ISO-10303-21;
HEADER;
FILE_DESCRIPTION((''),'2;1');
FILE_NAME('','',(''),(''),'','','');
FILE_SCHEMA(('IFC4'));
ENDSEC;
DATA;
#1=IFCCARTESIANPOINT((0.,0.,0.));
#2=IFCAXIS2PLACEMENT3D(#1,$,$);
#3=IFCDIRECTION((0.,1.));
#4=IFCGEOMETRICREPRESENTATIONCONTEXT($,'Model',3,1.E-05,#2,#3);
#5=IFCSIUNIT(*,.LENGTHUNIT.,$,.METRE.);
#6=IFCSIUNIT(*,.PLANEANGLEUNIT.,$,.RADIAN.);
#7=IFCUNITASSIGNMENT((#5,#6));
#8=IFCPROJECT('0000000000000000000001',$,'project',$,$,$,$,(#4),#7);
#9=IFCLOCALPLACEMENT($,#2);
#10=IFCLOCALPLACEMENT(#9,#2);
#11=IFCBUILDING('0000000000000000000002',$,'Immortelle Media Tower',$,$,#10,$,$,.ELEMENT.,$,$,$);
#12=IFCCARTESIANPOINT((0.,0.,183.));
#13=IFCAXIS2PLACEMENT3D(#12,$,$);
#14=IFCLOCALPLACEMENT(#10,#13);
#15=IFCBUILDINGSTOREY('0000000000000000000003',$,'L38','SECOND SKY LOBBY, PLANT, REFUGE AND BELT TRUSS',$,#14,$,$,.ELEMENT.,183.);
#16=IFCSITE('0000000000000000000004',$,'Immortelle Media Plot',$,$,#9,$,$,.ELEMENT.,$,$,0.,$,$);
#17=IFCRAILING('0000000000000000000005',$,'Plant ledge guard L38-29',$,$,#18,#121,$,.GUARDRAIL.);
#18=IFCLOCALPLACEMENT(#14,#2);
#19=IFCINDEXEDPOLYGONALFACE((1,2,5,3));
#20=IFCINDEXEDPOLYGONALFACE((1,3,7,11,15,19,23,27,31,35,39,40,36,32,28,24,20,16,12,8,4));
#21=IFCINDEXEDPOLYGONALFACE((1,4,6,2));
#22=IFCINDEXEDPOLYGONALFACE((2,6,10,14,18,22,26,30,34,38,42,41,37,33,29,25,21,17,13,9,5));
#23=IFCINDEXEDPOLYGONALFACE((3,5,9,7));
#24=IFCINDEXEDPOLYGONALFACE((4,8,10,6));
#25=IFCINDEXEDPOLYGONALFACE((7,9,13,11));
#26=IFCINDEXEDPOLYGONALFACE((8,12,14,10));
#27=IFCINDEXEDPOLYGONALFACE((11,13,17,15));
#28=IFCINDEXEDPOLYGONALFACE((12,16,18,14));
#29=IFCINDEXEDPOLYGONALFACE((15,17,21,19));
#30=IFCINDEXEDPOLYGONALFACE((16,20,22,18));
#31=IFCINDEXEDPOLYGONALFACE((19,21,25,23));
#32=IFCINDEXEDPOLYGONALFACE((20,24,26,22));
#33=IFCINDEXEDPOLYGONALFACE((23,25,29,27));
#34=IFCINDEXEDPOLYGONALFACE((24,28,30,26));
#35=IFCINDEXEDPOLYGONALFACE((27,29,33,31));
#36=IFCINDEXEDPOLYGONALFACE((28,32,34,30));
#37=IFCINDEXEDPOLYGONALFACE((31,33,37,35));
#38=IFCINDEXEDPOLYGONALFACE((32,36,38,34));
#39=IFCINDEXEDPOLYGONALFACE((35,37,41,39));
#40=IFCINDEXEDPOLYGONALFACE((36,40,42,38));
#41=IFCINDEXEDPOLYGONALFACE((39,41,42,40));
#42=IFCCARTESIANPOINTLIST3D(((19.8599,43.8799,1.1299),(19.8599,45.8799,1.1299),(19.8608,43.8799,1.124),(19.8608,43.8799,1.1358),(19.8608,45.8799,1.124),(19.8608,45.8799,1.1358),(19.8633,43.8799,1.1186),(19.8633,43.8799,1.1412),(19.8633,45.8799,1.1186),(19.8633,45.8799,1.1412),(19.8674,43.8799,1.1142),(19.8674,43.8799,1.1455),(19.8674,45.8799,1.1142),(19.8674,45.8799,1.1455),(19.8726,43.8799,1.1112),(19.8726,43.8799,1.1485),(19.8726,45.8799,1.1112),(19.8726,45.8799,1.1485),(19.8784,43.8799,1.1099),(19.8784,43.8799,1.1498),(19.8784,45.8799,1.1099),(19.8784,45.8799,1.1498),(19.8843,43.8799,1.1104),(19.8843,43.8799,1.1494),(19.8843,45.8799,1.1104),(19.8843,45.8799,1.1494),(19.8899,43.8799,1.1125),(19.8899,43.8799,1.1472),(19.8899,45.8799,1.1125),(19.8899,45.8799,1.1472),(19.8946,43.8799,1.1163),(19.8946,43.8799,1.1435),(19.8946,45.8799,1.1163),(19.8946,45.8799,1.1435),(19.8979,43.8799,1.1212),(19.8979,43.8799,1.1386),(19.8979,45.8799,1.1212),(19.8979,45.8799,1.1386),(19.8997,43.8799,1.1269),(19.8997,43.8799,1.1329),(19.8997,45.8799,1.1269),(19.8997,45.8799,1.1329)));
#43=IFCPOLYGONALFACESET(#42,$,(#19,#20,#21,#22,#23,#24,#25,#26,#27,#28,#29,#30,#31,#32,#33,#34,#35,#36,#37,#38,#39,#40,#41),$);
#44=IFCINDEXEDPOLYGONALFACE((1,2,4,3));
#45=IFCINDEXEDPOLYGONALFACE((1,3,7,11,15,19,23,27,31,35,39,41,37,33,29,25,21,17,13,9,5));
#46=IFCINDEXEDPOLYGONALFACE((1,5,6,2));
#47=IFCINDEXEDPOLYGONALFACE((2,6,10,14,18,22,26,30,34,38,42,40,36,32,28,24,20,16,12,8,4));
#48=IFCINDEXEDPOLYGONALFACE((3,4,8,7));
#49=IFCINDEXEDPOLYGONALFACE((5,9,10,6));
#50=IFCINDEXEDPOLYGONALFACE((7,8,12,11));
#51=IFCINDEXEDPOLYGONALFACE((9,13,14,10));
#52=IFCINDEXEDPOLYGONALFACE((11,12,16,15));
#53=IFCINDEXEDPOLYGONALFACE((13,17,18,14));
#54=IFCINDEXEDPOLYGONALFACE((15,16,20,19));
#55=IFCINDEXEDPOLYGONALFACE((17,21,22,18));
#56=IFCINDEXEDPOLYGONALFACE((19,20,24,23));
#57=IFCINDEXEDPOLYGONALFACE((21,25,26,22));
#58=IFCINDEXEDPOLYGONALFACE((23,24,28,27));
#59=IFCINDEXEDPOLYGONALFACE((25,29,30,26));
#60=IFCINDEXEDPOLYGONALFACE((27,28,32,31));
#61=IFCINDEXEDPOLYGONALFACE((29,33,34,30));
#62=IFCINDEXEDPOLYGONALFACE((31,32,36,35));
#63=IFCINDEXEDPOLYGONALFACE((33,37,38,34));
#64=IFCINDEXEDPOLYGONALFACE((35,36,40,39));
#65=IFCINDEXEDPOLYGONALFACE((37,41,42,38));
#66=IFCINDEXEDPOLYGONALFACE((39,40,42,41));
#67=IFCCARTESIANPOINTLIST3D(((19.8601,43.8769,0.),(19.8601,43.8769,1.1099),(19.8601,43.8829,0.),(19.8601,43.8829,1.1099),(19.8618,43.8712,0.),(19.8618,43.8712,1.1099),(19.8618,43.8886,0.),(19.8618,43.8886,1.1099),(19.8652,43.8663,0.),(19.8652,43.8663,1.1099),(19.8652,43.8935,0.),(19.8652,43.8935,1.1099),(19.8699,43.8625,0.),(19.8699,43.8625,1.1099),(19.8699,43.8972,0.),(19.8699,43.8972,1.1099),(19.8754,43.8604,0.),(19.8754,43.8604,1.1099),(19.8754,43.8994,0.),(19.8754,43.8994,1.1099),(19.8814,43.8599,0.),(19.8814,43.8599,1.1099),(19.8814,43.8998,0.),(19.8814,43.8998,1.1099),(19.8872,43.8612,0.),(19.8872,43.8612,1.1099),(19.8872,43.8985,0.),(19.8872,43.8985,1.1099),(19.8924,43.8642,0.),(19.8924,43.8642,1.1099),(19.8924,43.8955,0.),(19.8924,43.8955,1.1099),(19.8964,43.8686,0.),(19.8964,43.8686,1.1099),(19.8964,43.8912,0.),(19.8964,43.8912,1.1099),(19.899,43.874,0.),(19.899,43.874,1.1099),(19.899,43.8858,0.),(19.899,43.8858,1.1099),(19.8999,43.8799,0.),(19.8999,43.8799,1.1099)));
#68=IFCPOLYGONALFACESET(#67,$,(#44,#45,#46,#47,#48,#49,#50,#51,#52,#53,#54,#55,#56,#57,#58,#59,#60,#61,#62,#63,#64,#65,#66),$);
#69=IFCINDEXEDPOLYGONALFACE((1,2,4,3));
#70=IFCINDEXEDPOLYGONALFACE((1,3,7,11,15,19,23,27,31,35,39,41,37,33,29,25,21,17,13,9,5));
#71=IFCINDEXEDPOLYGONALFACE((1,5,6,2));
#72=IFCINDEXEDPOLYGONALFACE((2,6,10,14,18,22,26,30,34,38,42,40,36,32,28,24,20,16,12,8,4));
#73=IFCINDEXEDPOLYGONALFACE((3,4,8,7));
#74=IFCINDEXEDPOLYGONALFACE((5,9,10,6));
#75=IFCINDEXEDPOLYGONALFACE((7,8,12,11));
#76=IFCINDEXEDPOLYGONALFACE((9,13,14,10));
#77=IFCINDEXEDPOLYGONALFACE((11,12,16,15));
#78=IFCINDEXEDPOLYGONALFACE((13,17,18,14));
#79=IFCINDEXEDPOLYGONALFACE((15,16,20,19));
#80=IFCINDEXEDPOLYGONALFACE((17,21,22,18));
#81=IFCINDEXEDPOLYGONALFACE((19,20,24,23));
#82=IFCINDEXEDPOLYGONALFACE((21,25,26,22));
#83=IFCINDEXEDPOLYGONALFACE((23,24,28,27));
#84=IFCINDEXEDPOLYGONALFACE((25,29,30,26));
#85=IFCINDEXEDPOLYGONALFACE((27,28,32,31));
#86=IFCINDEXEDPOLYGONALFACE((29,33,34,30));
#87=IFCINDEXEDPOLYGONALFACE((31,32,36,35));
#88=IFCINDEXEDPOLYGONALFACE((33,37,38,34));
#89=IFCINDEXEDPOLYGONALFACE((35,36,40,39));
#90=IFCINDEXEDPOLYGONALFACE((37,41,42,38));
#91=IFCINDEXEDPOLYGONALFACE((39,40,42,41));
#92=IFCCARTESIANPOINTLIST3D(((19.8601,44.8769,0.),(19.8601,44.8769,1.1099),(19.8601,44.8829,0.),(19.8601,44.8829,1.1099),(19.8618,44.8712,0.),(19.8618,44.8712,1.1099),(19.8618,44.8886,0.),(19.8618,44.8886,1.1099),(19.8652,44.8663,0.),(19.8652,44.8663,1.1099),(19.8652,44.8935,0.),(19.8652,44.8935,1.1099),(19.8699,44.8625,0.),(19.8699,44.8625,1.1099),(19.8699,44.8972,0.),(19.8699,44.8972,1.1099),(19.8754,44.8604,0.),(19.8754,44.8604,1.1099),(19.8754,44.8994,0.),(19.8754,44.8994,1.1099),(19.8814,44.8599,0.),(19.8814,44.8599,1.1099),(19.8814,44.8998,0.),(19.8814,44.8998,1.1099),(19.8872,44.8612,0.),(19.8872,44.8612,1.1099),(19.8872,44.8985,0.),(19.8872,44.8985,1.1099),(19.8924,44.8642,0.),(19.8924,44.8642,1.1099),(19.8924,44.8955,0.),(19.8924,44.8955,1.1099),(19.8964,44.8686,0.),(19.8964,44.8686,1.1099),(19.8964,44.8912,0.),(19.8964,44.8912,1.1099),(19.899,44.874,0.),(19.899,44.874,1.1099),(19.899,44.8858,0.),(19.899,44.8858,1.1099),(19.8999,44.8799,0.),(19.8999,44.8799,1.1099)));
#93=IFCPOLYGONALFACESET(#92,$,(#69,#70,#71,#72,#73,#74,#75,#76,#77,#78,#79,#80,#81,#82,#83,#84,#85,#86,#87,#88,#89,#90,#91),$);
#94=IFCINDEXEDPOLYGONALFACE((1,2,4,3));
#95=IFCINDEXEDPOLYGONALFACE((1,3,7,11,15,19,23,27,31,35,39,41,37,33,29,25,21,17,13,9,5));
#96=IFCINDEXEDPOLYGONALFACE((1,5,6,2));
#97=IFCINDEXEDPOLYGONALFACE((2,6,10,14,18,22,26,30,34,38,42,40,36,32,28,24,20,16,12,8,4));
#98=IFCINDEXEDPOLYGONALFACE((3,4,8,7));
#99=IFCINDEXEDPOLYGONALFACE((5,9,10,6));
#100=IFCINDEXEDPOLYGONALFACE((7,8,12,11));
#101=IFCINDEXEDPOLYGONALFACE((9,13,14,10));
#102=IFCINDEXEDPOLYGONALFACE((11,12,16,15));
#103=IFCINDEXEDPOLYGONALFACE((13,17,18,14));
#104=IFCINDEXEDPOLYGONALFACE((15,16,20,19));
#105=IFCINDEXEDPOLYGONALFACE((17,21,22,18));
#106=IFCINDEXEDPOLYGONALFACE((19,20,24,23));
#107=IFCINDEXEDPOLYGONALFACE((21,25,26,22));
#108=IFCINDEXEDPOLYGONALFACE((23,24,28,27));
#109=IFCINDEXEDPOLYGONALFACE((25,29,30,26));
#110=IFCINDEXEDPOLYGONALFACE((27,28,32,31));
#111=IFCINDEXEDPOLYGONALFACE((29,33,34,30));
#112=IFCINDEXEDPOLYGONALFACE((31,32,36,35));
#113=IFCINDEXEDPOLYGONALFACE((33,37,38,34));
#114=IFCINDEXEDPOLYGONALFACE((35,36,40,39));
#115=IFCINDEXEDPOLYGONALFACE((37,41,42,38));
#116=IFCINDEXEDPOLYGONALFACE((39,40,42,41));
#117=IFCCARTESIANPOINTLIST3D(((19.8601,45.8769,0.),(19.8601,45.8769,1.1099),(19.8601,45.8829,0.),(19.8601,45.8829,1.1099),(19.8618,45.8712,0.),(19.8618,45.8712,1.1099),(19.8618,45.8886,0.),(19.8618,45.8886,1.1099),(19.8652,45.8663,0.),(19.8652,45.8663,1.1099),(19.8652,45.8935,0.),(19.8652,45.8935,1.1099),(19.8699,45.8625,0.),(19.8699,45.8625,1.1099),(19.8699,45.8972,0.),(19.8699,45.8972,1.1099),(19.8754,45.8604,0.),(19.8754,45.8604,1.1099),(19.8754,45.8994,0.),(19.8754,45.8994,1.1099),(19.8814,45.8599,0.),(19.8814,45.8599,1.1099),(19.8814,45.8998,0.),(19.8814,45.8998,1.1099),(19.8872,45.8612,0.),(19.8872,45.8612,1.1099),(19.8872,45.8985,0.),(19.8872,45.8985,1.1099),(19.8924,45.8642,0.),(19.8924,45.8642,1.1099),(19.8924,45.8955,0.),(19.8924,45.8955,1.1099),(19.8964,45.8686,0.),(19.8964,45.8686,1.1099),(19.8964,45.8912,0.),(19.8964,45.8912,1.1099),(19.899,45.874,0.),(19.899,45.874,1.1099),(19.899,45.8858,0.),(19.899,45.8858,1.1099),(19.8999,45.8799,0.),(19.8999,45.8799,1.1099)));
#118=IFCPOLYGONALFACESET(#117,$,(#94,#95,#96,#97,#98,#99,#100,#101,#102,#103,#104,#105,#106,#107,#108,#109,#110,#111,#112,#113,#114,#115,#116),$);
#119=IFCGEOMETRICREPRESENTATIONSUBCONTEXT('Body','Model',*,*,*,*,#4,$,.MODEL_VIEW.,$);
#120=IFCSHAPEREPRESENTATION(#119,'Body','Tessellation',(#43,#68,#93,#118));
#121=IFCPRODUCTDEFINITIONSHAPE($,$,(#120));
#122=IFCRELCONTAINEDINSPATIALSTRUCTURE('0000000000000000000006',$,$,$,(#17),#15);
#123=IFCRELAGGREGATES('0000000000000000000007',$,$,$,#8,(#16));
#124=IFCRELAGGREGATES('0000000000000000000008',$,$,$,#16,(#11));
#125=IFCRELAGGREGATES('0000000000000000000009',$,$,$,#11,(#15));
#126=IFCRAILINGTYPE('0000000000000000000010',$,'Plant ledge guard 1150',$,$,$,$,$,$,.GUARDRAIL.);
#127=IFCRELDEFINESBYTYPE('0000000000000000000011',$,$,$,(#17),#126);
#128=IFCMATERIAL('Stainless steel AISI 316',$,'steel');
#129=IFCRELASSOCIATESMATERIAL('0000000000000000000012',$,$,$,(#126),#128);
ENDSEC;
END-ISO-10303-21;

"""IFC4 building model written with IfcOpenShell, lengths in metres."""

from ifc_helpers import new_model, si_unit, direction, frame, origin, origin_2d, place, context, subcontext, project, spatial, circle, extrude, material, type_object, element, save


model = new_model("IFC4")

# Units and contexts
model_context = context("Model", 3, precision=1e-05, world=origin(), true_north=direction((0.0, 1.0)))
body_context = subcontext(model_context, "Body", "Model", "MODEL_VIEW")
ifc_project = project(units=[si_unit("LENGTHUNIT", "METRE"), si_unit("PLANEANGLEUNIT", "RADIAN")], contexts=[model_context])

# Site, building, storey
site_placement = place(None, origin())
site = spatial("IfcSite", under=ifc_project, at=site_placement, Name="Immortelle Media Plot", CompositionType="ELEMENT", RefElevation=0.0)
building_placement = place(site_placement, origin())
building = spatial("IfcBuilding", under=site, at=building_placement, Name="Immortelle Media Tower", CompositionType="ELEMENT")
storey_placement = place(building_placement, frame((0.0, 0.0, 183.0)))
storey = spatial("IfcBuildingStorey", under=building, at=storey_placement, Name="L38", Description="SECOND SKY LOBBY, PLANT, REFUGE AND BELT TRUSS", CompositionType="ELEMENT", Elevation=183.0)

# Railing
ifc_material_1 = material(Name="Stainless steel AISI 316", Category="steel")
railing_type = type_object("IfcRailingType", Name="Plant ledge guard 1150", PredefinedType="GUARDRAIL", material=ifc_material_1)
railing_1_placement = place(storey_placement, frame((19.8799, 43.8799, 0.0)))
element("IfcRailing", 1, at=railing_1_placement, inside=storey, type_object=railing_type, Name="Plant ledge guard L38-29", PredefinedType="GUARDRAIL", context=body_context, shape_type="SweptSolid", body=[
    extrude(circle(Radius=0.02, at=origin_2d()), frame((0.0, 0.0, 1.1299), z_axis=(0.0, 1.0, 0.0), x_axis=(-1.0, 0.0, 0.0)), (0.0, 0.0, 1.0), 2.0),
    extrude(circle(Radius=0.02, at=origin_2d()), origin(), (0.0, 0.0, 1.0), 1.1099),
    extrude(circle(Radius=0.02, at=origin_2d()), frame((0.0, 1.0, 0.0)), (0.0, 0.0, 1.0), 1.1099),
    extrude(circle(Radius=0.02, at=origin_2d()), frame((0.0, 2.0, 0.0)), (0.0, 0.0, 1.0), 1.1099),
])

save(model, "model.ifc")
